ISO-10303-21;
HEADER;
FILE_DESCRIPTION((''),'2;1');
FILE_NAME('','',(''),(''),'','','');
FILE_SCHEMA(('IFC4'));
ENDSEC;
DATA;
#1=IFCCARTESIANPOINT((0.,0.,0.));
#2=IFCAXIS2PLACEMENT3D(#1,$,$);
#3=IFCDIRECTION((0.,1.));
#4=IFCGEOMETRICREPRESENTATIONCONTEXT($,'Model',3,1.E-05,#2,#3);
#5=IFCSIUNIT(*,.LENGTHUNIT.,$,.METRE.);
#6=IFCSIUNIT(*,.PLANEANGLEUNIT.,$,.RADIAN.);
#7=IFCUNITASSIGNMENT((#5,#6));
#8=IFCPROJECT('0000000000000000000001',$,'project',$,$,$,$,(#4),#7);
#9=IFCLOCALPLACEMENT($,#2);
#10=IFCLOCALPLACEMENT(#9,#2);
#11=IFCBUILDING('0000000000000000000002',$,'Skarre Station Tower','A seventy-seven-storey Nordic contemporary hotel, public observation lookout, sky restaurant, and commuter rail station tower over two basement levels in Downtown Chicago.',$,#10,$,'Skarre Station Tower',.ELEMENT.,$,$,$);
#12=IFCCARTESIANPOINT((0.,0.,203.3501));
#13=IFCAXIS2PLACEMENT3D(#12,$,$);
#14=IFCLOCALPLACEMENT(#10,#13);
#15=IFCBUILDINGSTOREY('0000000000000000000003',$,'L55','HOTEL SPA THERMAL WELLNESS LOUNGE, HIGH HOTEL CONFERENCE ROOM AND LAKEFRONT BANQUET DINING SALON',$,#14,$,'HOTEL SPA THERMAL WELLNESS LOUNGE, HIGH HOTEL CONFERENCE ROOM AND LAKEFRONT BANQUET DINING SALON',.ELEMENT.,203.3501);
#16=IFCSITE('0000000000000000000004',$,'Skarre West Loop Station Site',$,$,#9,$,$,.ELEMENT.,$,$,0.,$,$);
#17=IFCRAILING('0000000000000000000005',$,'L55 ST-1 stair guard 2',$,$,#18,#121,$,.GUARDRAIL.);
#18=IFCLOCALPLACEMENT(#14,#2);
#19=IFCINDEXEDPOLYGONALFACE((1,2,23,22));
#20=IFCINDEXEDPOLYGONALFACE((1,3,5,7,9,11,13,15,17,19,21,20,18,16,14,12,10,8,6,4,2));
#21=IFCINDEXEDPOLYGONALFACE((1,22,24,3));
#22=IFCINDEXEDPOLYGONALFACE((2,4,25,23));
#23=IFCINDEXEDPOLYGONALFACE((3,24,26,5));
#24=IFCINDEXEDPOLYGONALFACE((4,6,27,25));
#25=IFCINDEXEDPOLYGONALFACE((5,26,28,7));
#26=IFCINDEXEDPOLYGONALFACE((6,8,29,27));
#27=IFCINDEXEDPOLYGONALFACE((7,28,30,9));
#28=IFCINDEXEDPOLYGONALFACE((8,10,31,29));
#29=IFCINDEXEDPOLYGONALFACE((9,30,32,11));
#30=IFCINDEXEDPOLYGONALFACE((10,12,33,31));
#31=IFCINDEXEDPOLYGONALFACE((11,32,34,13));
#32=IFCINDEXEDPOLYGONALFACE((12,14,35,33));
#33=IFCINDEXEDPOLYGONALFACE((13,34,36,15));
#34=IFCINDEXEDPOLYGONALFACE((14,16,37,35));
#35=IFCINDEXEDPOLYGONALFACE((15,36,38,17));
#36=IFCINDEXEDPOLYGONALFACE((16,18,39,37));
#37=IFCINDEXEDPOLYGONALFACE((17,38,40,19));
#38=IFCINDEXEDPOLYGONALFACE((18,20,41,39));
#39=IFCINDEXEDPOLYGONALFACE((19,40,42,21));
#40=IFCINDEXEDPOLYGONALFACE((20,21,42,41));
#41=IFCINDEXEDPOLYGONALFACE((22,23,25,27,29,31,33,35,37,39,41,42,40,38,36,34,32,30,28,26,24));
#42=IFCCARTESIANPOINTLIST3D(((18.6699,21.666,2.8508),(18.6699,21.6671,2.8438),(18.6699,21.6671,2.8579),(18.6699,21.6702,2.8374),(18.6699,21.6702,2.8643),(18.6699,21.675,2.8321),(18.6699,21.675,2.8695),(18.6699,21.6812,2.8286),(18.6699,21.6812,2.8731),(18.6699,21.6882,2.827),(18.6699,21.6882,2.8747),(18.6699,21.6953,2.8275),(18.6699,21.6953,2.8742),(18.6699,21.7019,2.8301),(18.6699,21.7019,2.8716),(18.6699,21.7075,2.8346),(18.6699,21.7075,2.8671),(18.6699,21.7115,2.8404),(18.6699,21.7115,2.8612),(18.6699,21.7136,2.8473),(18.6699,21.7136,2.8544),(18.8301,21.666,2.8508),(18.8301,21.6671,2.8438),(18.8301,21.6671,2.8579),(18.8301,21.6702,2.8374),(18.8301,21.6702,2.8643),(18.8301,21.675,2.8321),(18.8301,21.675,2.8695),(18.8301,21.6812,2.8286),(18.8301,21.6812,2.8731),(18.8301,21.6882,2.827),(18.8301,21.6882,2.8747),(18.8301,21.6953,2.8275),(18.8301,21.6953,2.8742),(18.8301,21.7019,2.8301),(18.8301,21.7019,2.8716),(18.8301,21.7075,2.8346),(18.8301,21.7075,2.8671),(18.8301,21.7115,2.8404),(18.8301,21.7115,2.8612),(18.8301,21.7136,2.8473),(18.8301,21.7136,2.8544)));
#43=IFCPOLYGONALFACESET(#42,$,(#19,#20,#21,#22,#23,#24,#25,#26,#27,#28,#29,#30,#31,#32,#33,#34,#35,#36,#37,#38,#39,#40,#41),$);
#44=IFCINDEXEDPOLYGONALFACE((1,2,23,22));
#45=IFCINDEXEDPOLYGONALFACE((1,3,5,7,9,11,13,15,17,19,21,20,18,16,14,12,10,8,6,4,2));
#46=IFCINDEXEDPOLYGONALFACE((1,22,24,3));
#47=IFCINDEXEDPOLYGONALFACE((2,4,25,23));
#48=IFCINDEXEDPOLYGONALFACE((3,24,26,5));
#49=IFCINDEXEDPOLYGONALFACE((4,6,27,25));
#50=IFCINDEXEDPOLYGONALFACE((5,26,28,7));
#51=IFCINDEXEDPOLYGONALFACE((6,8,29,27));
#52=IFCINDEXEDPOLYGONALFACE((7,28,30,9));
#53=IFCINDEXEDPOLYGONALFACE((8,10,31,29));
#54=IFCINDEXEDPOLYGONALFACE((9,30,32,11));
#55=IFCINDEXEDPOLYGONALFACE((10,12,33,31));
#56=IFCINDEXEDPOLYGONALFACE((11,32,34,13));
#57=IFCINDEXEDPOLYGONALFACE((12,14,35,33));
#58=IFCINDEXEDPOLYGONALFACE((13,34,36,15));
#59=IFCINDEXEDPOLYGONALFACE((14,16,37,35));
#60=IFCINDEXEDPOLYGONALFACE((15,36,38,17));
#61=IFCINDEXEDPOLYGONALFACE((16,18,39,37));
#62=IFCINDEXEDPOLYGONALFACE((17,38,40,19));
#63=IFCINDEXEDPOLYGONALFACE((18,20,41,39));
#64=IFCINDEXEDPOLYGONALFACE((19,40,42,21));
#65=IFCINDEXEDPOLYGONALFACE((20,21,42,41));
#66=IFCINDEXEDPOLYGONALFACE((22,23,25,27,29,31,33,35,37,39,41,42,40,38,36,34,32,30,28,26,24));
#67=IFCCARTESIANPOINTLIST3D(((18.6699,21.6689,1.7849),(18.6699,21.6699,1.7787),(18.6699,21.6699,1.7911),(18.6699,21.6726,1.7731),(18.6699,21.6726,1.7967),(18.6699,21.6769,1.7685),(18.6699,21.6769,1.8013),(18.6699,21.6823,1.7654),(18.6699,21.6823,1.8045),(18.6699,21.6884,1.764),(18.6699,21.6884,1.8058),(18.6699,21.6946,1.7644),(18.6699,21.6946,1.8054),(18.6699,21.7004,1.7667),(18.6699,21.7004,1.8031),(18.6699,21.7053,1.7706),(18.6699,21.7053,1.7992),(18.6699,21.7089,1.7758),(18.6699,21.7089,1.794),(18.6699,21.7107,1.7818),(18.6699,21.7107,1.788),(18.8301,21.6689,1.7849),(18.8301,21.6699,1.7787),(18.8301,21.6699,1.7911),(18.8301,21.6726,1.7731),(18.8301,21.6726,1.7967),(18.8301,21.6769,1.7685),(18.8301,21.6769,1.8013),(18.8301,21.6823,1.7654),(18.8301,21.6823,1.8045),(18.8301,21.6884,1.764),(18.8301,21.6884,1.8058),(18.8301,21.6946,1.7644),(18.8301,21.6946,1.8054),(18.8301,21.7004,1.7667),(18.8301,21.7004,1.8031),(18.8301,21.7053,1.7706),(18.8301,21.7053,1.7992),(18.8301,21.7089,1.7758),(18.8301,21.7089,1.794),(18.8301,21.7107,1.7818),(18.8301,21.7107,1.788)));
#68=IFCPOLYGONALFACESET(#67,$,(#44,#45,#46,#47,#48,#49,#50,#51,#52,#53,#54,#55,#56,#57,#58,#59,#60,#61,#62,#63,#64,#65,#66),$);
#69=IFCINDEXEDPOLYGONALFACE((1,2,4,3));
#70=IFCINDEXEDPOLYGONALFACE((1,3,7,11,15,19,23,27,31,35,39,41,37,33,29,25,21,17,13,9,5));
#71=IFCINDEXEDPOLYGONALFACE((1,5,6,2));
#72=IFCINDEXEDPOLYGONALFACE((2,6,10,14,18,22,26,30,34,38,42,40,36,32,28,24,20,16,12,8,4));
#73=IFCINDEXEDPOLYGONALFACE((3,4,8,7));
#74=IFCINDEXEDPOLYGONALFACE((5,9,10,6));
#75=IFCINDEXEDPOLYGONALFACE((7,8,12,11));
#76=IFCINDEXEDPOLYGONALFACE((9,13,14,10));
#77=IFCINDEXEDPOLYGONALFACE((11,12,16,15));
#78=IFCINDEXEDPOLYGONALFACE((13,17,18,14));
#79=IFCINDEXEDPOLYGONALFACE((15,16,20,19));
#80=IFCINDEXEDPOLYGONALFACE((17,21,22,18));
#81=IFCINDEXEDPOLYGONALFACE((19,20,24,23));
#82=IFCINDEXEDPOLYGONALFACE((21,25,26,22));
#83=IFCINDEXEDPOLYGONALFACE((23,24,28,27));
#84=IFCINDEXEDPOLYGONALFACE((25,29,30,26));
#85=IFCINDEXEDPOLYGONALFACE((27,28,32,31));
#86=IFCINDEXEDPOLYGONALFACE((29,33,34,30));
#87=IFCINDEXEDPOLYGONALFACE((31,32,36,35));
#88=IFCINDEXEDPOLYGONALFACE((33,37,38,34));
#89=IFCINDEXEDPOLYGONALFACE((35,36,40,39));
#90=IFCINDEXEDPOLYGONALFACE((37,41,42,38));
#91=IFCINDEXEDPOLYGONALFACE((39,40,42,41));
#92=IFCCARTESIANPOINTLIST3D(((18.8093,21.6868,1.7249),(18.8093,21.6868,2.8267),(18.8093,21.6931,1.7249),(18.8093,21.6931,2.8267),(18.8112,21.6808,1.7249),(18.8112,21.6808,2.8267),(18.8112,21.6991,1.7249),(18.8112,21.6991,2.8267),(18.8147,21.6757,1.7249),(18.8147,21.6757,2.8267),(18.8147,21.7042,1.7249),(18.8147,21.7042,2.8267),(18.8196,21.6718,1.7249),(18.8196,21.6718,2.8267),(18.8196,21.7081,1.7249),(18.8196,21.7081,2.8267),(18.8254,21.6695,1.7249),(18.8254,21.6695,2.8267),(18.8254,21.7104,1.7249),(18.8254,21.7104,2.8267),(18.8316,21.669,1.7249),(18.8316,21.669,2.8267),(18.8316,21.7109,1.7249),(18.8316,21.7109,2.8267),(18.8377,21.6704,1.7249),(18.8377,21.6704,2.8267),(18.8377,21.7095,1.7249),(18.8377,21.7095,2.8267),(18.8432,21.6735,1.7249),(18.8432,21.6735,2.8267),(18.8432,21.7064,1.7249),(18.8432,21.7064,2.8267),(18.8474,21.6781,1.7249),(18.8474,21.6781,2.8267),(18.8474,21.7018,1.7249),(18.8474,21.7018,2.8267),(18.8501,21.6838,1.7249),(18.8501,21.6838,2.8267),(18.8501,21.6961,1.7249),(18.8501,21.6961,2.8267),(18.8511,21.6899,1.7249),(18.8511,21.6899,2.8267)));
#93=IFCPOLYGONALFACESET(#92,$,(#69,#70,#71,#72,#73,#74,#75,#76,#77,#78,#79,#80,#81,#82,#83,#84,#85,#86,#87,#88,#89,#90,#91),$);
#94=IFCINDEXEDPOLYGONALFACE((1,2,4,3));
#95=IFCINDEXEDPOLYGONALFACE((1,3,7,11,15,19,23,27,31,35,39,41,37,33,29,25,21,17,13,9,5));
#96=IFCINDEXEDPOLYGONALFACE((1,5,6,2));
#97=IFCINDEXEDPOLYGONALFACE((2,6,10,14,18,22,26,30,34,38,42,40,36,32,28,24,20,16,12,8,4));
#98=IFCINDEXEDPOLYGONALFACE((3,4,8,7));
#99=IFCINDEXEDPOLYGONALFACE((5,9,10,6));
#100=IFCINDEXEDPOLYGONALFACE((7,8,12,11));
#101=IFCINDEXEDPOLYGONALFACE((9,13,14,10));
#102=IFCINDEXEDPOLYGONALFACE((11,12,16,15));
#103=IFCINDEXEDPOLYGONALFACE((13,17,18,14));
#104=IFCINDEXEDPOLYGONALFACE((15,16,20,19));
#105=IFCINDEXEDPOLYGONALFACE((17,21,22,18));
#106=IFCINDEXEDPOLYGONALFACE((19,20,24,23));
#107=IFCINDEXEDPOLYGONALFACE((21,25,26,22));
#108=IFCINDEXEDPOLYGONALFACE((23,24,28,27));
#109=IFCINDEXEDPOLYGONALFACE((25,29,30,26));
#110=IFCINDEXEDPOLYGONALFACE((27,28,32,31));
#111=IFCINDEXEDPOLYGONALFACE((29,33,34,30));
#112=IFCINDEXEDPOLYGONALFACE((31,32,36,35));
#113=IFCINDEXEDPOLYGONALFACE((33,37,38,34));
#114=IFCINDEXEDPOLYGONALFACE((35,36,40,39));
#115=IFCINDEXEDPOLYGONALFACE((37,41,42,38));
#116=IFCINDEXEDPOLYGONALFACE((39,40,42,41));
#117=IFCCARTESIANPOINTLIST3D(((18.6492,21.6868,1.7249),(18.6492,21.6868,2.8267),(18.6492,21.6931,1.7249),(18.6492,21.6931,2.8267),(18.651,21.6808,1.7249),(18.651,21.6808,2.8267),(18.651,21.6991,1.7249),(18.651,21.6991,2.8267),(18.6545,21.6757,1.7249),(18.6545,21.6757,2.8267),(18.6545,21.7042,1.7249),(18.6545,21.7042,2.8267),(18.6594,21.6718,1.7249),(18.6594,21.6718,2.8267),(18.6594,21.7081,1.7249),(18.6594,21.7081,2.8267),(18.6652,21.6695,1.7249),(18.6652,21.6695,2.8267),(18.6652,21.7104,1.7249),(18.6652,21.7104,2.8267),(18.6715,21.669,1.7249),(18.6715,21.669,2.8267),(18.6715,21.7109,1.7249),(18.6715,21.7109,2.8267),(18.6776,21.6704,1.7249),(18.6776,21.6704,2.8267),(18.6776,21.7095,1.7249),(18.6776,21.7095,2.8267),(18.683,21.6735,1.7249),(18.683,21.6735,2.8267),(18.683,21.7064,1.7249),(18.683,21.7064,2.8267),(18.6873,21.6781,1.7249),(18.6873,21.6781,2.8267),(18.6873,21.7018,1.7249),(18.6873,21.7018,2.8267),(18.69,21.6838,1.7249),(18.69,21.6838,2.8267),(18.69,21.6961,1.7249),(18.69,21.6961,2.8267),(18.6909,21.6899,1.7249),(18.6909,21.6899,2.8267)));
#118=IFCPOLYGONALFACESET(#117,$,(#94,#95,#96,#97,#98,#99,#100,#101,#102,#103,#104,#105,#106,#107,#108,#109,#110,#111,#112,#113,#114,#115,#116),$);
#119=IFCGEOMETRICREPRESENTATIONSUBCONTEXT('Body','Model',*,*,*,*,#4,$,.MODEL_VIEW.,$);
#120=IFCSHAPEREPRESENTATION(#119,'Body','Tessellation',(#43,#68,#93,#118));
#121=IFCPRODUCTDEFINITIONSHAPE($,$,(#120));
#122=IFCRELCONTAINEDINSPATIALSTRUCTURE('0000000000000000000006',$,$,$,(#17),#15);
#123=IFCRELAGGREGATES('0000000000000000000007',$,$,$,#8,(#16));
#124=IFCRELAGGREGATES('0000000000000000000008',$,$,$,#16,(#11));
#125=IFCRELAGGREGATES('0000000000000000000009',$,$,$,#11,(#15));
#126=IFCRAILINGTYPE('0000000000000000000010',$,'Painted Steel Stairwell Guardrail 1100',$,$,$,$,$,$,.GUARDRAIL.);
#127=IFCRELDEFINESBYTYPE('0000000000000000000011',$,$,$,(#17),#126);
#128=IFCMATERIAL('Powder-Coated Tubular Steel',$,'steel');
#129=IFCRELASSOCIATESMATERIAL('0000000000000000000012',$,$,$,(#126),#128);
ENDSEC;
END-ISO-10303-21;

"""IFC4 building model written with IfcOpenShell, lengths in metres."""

from ifc_helpers import new_model, si_unit, direction, frame, origin, origin_2d, place, context, subcontext, project, spatial, circle, extrude, material, type_object, element, save


model = new_model("IFC4")

# Units and contexts
model_context = context("Model", 3, precision=1e-05, world=origin(), true_north=direction((0.0, 1.0)))
body_context = subcontext(model_context, "Body", "Model", "MODEL_VIEW")
ifc_project = project(units=[si_unit("LENGTHUNIT", "METRE"), si_unit("PLANEANGLEUNIT", "RADIAN")], contexts=[model_context])

# Site, building, storey
site_placement = place(None, origin())
site = spatial("IfcSite", under=ifc_project, at=site_placement, Name="Skarre West Loop Station Site", CompositionType="ELEMENT", RefElevation=0.0)
building_placement = place(site_placement, origin())
building = spatial("IfcBuilding", under=site, at=building_placement, Name="Skarre Station Tower", Description="A seventy-seven-storey Nordic contemporary hotel, public observation lookout, sky restaurant, and commuter rail station tower over two basement levels in Downtown Chicago.", LongName="Skarre Station Tower", CompositionType="ELEMENT")
storey_placement = place(building_placement, frame((0.0, 0.0, 203.3501)))
storey = spatial("IfcBuildingStorey", under=building, at=storey_placement, Name="L55", Description="HOTEL SPA THERMAL WELLNESS LOUNGE, HIGH HOTEL CONFERENCE ROOM AND LAKEFRONT BANQUET DINING SALON", LongName="HOTEL SPA THERMAL WELLNESS LOUNGE, HIGH HOTEL CONFERENCE ROOM AND LAKEFRONT BANQUET DINING SALON", CompositionType="ELEMENT", Elevation=203.3501)

# Railing
ifc_material_1 = material(Name="Powder-Coated Tubular Steel", Category="steel")
railing_type = type_object("IfcRailingType", Name="Painted Steel Stairwell Guardrail 1100", PredefinedType="GUARDRAIL", material=ifc_material_1)
railing_placement = place(storey_placement, frame((18.8301, 21.6899, 1.7249)))
element("IfcRailing", 1, at=railing_placement, inside=storey, type_object=railing_type, Name="L55 ST-1 stair guard 2", PredefinedType="GUARDRAIL", context=body_context, shape_type="SweptSolid", body=[
    extrude(circle(Radius=0.0239, at=origin_2d()), frame((0.0, 0.0, 1.126), z_axis=(-1.0, 0.0, 0.0), x_axis=(0.0, -1.0, 0.0)), (0.0, 0.0, 1.0), 0.1602),
    extrude(circle(Radius=0.021, at=origin_2d()), frame((0.0, 0.0, 0.0601), z_axis=(-1.0, 0.0, 0.0), x_axis=(0.0, -1.0, 0.0)), (0.0, 0.0, 1.0), 0.1602),
    extrude(circle(Radius=0.021, at=origin_2d()), origin(), (0.0, 0.0, 1.0), 1.1018),
    extrude(circle(Radius=0.021, at=origin_2d()), frame((-0.1602, 0.0, 0.0)), (0.0, 0.0, 1.0), 1.1018),
])

save(model, "model.ifc")
